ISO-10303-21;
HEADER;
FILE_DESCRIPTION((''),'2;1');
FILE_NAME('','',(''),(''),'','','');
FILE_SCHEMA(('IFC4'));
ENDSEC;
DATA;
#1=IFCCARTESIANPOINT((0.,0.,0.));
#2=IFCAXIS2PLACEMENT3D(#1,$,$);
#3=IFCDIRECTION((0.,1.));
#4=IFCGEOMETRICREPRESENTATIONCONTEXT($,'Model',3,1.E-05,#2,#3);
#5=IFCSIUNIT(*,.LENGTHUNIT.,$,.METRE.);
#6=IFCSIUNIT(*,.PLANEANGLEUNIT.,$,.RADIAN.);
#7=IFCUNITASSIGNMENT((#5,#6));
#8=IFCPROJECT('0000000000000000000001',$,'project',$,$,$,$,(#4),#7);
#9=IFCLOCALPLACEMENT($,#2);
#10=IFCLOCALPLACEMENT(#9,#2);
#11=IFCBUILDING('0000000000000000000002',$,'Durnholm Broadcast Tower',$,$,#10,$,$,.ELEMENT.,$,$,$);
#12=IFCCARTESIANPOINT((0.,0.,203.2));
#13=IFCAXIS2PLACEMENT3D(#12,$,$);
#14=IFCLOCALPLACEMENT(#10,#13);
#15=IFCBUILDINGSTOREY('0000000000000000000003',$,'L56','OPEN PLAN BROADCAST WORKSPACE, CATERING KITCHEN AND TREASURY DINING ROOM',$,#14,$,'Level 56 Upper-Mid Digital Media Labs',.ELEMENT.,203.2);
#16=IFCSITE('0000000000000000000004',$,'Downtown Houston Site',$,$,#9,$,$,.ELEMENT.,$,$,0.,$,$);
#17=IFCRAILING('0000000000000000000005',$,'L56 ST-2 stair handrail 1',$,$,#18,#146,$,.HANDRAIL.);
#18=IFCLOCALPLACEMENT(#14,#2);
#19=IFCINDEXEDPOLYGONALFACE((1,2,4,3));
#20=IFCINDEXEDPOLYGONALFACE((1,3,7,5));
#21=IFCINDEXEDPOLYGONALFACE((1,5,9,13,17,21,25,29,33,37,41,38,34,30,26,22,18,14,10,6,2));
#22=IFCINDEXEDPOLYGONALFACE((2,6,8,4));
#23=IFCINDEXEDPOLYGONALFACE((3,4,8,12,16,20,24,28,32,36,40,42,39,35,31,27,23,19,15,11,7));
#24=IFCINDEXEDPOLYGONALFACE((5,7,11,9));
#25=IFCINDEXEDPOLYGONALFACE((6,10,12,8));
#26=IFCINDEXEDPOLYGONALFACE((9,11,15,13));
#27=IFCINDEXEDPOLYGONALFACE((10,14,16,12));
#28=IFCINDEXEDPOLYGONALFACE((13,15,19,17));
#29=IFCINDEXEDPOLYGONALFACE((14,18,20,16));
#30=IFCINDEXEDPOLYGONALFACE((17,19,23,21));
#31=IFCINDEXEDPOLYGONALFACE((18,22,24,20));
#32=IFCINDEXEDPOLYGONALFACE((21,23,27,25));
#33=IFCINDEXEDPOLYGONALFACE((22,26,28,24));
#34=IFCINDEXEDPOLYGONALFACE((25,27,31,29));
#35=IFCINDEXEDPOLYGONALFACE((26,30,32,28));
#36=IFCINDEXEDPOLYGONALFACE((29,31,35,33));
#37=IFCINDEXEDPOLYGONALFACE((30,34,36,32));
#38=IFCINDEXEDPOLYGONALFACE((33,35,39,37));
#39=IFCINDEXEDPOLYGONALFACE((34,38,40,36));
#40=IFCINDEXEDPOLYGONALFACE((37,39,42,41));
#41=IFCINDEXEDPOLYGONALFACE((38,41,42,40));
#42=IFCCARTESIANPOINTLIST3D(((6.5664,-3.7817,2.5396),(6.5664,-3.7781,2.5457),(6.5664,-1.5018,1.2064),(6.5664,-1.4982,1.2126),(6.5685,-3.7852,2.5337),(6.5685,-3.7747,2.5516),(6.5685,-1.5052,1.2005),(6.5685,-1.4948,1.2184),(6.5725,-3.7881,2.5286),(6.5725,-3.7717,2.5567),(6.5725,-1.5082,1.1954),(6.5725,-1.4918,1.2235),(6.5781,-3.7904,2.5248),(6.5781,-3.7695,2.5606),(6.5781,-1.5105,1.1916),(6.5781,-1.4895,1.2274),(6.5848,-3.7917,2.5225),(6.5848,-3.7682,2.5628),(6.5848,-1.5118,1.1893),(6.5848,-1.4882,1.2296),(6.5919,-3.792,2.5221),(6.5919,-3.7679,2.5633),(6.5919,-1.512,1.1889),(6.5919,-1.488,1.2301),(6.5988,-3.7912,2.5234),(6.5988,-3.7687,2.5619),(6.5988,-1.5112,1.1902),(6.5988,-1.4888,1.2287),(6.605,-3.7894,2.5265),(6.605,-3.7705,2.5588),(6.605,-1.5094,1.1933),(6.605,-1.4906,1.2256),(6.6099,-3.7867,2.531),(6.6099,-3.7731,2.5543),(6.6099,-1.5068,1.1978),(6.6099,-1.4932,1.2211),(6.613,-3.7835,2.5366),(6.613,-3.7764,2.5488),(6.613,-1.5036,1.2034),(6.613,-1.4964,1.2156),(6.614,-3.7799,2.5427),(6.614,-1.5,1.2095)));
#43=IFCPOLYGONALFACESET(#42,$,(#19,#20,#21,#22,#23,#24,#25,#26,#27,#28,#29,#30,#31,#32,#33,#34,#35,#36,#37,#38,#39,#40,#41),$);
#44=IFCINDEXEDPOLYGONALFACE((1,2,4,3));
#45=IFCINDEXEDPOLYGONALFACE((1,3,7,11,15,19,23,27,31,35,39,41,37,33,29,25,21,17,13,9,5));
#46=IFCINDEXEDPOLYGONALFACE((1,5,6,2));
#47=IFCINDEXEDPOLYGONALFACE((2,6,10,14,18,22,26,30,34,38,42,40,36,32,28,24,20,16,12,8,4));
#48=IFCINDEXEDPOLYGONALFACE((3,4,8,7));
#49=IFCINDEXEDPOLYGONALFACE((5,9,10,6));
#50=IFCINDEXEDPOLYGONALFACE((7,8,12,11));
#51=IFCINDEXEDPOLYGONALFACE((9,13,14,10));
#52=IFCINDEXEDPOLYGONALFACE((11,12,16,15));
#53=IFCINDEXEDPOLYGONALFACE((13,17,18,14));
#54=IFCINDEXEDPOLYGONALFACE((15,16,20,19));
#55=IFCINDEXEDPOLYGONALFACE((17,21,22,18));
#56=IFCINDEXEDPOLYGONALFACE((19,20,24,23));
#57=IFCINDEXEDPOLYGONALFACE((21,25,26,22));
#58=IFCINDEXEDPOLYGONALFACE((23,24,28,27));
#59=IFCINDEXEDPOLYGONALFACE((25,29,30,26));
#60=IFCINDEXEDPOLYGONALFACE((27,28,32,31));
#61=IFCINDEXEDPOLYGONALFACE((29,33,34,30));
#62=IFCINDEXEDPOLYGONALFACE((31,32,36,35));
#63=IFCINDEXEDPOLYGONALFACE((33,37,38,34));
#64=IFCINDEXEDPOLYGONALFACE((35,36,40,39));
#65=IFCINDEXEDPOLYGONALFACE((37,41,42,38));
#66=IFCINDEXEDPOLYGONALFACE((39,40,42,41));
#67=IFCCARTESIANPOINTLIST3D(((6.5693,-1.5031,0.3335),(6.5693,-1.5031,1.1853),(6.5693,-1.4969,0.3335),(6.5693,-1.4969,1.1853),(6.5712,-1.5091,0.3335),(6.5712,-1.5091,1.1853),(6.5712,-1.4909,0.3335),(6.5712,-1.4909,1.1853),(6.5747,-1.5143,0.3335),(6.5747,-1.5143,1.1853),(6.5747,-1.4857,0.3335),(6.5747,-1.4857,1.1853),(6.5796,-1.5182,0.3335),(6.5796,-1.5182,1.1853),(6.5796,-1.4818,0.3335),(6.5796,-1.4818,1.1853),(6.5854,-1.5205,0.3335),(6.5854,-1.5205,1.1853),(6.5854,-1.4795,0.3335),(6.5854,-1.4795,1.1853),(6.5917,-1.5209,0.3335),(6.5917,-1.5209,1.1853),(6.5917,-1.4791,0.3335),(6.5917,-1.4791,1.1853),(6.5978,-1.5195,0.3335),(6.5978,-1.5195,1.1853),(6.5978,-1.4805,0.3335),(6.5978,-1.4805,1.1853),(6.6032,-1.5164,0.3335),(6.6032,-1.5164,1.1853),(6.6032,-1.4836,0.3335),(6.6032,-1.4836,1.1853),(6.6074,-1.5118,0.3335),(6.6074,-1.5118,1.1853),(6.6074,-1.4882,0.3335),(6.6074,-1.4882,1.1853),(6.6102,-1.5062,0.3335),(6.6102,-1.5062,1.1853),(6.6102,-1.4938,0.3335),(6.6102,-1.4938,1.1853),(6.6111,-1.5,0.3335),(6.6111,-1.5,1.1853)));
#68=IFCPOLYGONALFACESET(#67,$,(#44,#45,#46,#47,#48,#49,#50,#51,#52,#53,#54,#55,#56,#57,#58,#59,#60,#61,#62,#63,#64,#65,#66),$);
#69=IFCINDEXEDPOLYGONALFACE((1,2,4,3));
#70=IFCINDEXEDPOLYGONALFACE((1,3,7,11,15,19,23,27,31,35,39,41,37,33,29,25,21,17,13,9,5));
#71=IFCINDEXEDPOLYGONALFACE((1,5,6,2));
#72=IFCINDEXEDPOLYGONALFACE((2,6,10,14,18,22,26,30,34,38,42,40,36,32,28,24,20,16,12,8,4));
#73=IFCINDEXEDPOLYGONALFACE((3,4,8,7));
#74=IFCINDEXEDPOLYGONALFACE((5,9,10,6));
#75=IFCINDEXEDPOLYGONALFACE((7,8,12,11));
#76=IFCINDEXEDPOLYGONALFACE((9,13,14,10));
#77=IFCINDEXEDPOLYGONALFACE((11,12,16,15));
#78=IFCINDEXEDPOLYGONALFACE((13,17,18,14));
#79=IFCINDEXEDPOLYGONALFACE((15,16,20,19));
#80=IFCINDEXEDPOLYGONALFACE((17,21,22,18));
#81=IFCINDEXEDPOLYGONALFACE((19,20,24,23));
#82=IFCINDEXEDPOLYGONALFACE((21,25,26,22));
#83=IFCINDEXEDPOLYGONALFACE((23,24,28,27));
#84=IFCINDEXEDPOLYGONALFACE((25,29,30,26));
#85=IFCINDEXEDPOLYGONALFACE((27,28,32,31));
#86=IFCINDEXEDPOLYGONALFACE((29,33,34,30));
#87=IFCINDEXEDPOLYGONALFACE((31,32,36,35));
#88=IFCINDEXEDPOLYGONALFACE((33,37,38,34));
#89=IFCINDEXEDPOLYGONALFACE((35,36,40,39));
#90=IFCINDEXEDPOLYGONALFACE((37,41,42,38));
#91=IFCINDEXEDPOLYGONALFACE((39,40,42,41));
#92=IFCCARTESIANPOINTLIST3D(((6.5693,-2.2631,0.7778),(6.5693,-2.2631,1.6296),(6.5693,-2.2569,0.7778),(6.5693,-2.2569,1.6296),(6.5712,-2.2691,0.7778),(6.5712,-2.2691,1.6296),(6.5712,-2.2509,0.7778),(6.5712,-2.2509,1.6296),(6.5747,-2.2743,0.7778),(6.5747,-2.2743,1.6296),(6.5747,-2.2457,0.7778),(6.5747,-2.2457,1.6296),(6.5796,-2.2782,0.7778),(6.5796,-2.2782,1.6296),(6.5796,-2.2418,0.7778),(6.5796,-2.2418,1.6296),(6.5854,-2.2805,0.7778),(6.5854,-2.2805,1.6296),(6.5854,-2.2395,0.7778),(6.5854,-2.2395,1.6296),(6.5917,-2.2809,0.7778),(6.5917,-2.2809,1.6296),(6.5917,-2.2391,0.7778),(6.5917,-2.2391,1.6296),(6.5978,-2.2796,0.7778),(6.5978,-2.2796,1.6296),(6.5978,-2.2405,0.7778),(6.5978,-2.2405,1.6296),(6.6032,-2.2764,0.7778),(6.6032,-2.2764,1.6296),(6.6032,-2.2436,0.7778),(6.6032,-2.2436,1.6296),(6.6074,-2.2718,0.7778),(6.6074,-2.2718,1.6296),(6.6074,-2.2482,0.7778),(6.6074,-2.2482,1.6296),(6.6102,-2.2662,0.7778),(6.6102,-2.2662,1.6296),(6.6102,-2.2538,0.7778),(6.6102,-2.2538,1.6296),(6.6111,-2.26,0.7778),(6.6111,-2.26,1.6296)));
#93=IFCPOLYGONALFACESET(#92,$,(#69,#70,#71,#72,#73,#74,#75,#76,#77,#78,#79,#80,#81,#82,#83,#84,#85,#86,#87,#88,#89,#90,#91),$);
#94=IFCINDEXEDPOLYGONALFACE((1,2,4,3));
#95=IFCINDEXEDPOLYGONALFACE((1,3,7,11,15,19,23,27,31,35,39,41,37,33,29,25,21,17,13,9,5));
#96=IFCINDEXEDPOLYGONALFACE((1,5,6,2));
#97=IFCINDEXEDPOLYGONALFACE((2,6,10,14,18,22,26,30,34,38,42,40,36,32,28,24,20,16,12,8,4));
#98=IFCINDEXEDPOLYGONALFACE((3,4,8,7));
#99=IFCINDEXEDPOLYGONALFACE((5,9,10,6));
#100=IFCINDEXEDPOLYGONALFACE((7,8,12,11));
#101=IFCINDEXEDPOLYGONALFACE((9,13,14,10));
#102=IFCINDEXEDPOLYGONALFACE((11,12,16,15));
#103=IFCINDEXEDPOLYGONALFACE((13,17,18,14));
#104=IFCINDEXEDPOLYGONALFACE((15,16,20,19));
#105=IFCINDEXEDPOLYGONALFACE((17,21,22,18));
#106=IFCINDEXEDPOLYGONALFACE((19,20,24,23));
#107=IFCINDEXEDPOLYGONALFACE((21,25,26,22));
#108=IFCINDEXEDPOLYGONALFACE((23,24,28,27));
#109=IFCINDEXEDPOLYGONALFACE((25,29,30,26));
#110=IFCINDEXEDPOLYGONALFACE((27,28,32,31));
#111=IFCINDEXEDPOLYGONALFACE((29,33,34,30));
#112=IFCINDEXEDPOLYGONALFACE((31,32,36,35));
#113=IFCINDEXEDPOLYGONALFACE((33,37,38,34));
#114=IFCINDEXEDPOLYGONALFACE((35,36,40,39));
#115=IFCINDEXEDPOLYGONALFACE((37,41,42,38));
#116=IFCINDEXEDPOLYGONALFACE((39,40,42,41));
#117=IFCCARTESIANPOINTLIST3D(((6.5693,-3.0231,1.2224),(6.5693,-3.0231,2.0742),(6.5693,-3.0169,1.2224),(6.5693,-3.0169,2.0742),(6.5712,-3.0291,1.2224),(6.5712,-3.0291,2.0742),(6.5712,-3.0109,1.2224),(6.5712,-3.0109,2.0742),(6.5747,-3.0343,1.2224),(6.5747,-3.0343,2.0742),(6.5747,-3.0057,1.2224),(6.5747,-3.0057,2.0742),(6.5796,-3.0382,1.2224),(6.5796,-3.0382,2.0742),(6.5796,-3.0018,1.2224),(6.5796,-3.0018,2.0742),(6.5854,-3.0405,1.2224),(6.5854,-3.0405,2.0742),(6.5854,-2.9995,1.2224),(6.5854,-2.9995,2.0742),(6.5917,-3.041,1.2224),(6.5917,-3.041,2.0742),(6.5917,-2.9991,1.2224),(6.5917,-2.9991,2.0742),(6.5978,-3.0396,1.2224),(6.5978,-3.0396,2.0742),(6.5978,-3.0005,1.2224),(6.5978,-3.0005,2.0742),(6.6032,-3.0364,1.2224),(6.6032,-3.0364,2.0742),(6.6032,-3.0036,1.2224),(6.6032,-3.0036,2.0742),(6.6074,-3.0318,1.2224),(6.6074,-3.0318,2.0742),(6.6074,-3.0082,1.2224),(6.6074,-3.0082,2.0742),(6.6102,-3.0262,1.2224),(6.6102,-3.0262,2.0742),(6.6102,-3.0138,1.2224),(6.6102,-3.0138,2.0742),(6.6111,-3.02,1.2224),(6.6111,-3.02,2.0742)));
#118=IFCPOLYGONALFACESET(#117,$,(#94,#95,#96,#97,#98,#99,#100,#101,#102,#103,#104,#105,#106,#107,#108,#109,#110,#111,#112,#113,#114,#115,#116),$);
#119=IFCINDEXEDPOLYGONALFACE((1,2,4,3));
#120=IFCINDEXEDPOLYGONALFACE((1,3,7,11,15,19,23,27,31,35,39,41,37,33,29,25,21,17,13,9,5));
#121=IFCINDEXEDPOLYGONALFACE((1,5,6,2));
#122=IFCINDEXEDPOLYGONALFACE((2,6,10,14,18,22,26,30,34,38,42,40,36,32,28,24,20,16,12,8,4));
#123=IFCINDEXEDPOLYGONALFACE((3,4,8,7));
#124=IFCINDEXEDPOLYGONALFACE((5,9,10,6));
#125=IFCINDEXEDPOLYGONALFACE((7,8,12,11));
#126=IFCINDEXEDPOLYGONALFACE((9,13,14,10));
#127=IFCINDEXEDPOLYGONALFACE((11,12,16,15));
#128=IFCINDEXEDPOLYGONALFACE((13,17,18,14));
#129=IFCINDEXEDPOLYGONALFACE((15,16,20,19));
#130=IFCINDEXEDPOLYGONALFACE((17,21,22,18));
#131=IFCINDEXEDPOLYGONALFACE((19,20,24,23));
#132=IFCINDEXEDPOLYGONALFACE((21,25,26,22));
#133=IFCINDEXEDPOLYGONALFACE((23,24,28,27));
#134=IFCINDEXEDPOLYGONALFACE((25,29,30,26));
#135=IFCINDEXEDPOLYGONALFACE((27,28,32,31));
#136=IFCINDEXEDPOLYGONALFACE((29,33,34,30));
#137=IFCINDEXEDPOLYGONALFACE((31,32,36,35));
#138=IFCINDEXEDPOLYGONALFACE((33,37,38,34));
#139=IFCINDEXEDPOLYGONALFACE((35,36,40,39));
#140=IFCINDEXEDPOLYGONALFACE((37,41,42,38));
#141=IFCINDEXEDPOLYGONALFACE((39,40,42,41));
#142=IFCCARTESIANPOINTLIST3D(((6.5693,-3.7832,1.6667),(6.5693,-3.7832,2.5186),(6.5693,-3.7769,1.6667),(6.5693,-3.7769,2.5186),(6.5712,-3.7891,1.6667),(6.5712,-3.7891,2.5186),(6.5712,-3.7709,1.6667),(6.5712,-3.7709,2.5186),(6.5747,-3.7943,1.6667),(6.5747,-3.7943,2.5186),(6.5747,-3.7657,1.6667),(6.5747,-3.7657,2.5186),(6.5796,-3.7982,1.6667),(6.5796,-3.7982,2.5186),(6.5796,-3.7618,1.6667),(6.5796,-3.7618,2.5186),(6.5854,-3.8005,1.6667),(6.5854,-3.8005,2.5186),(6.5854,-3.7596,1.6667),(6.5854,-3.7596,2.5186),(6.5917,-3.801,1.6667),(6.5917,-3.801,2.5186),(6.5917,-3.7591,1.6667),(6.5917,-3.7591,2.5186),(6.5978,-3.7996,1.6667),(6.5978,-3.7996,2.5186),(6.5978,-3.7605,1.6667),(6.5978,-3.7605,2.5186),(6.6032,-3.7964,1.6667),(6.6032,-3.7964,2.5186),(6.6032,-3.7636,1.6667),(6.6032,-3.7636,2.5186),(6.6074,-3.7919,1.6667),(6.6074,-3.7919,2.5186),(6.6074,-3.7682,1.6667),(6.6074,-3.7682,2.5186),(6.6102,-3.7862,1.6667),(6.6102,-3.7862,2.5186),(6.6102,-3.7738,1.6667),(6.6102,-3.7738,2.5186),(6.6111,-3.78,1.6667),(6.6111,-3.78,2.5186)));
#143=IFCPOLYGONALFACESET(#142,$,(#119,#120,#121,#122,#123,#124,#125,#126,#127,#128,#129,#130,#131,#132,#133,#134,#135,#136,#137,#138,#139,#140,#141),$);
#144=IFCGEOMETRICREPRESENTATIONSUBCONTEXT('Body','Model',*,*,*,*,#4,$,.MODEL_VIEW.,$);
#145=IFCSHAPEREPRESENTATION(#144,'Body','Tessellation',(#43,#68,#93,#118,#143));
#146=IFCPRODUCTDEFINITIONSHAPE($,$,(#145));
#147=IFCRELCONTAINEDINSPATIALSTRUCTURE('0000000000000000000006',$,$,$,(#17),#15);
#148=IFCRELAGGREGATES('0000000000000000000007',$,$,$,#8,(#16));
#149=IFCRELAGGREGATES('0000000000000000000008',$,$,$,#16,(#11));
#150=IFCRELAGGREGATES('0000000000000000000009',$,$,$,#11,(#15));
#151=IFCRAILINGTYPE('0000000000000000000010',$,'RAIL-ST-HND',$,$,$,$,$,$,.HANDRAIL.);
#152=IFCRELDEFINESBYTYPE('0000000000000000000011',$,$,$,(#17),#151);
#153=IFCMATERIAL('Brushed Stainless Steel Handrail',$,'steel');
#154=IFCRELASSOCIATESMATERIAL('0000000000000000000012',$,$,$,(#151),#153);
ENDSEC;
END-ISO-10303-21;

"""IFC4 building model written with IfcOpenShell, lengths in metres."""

from ifc_helpers import new_model, si_unit, direction, frame, origin, origin_2d, place, context, subcontext, project, spatial, circle, extrude, material, type_object, element, save


model = new_model("IFC4")

# Units and contexts
model_context = context("Model", 3, precision=1e-05, world=origin(), true_north=direction((0.0, 1.0)))
body_context = subcontext(model_context, "Body", "Model", "MODEL_VIEW")
ifc_project = project(units=[si_unit("LENGTHUNIT", "METRE"), si_unit("PLANEANGLEUNIT", "RADIAN")], contexts=[model_context])

# Site, building, storey
site_placement = place(None, origin())
site = spatial("IfcSite", under=ifc_project, at=site_placement, Name="Downtown Houston Site", CompositionType="ELEMENT", RefElevation=0.0)
building_placement = place(site_placement, origin())
building = spatial("IfcBuilding", under=site, at=building_placement, Name="Durnholm Broadcast Tower", CompositionType="ELEMENT")
storey_placement = place(building_placement, frame((0.0, 0.0, 203.2)))
storey = spatial("IfcBuildingStorey", under=building, at=storey_placement, Name="L56", Description="OPEN PLAN BROADCAST WORKSPACE, CATERING KITCHEN AND TREASURY DINING ROOM", LongName="Level 56 Upper-Mid Digital Media Labs", CompositionType="ELEMENT", Elevation=203.2)

# Railing
ifc_material_1 = material(Name="Brushed Stainless Steel Handrail", Category="steel")
railing_type_1 = type_object("IfcRailingType", Name="RAIL-ST-HND", PredefinedType="HANDRAIL", material=ifc_material_1)
railing_1_placement = place(storey_placement, frame((6.5901, -1.5, 0.3335)))
element("IfcRailing", 1, at=railing_1_placement, inside=storey, type_object=railing_type_1, Name="L56 ST-2 stair handrail 1", PredefinedType="HANDRAIL", context=body_context, shape_type="SweptSolid", body=[
    extrude(circle(Radius=0.0239, at=origin_2d()), frame((0.0, 0.0, 0.876), z_axis=(0.0, -0.863245, 0.504785), x_axis=(1.0, 0.0, 0.0)), (0.0, 0.0, 1.0), 2.6411),
    extrude(circle(Radius=0.021, at=origin_2d()), origin(), (0.0, 0.0, 1.0), 0.8518),
    extrude(circle(Radius=0.021, at=origin_2d()), frame((0.0, -0.76, 0.4443)), (0.0, 0.0, 1.0), 0.8518),
    extrude(circle(Radius=0.021, at=origin_2d()), frame((0.0, -1.52, 0.8889)), (0.0, 0.0, 1.0), 0.8518),
    extrude(circle(Radius=0.021, at=origin_2d()), frame((0.0, -2.28, 1.3333)), (0.0, 0.0, 1.0), 0.8518),
])

save(model, "model.ifc")
